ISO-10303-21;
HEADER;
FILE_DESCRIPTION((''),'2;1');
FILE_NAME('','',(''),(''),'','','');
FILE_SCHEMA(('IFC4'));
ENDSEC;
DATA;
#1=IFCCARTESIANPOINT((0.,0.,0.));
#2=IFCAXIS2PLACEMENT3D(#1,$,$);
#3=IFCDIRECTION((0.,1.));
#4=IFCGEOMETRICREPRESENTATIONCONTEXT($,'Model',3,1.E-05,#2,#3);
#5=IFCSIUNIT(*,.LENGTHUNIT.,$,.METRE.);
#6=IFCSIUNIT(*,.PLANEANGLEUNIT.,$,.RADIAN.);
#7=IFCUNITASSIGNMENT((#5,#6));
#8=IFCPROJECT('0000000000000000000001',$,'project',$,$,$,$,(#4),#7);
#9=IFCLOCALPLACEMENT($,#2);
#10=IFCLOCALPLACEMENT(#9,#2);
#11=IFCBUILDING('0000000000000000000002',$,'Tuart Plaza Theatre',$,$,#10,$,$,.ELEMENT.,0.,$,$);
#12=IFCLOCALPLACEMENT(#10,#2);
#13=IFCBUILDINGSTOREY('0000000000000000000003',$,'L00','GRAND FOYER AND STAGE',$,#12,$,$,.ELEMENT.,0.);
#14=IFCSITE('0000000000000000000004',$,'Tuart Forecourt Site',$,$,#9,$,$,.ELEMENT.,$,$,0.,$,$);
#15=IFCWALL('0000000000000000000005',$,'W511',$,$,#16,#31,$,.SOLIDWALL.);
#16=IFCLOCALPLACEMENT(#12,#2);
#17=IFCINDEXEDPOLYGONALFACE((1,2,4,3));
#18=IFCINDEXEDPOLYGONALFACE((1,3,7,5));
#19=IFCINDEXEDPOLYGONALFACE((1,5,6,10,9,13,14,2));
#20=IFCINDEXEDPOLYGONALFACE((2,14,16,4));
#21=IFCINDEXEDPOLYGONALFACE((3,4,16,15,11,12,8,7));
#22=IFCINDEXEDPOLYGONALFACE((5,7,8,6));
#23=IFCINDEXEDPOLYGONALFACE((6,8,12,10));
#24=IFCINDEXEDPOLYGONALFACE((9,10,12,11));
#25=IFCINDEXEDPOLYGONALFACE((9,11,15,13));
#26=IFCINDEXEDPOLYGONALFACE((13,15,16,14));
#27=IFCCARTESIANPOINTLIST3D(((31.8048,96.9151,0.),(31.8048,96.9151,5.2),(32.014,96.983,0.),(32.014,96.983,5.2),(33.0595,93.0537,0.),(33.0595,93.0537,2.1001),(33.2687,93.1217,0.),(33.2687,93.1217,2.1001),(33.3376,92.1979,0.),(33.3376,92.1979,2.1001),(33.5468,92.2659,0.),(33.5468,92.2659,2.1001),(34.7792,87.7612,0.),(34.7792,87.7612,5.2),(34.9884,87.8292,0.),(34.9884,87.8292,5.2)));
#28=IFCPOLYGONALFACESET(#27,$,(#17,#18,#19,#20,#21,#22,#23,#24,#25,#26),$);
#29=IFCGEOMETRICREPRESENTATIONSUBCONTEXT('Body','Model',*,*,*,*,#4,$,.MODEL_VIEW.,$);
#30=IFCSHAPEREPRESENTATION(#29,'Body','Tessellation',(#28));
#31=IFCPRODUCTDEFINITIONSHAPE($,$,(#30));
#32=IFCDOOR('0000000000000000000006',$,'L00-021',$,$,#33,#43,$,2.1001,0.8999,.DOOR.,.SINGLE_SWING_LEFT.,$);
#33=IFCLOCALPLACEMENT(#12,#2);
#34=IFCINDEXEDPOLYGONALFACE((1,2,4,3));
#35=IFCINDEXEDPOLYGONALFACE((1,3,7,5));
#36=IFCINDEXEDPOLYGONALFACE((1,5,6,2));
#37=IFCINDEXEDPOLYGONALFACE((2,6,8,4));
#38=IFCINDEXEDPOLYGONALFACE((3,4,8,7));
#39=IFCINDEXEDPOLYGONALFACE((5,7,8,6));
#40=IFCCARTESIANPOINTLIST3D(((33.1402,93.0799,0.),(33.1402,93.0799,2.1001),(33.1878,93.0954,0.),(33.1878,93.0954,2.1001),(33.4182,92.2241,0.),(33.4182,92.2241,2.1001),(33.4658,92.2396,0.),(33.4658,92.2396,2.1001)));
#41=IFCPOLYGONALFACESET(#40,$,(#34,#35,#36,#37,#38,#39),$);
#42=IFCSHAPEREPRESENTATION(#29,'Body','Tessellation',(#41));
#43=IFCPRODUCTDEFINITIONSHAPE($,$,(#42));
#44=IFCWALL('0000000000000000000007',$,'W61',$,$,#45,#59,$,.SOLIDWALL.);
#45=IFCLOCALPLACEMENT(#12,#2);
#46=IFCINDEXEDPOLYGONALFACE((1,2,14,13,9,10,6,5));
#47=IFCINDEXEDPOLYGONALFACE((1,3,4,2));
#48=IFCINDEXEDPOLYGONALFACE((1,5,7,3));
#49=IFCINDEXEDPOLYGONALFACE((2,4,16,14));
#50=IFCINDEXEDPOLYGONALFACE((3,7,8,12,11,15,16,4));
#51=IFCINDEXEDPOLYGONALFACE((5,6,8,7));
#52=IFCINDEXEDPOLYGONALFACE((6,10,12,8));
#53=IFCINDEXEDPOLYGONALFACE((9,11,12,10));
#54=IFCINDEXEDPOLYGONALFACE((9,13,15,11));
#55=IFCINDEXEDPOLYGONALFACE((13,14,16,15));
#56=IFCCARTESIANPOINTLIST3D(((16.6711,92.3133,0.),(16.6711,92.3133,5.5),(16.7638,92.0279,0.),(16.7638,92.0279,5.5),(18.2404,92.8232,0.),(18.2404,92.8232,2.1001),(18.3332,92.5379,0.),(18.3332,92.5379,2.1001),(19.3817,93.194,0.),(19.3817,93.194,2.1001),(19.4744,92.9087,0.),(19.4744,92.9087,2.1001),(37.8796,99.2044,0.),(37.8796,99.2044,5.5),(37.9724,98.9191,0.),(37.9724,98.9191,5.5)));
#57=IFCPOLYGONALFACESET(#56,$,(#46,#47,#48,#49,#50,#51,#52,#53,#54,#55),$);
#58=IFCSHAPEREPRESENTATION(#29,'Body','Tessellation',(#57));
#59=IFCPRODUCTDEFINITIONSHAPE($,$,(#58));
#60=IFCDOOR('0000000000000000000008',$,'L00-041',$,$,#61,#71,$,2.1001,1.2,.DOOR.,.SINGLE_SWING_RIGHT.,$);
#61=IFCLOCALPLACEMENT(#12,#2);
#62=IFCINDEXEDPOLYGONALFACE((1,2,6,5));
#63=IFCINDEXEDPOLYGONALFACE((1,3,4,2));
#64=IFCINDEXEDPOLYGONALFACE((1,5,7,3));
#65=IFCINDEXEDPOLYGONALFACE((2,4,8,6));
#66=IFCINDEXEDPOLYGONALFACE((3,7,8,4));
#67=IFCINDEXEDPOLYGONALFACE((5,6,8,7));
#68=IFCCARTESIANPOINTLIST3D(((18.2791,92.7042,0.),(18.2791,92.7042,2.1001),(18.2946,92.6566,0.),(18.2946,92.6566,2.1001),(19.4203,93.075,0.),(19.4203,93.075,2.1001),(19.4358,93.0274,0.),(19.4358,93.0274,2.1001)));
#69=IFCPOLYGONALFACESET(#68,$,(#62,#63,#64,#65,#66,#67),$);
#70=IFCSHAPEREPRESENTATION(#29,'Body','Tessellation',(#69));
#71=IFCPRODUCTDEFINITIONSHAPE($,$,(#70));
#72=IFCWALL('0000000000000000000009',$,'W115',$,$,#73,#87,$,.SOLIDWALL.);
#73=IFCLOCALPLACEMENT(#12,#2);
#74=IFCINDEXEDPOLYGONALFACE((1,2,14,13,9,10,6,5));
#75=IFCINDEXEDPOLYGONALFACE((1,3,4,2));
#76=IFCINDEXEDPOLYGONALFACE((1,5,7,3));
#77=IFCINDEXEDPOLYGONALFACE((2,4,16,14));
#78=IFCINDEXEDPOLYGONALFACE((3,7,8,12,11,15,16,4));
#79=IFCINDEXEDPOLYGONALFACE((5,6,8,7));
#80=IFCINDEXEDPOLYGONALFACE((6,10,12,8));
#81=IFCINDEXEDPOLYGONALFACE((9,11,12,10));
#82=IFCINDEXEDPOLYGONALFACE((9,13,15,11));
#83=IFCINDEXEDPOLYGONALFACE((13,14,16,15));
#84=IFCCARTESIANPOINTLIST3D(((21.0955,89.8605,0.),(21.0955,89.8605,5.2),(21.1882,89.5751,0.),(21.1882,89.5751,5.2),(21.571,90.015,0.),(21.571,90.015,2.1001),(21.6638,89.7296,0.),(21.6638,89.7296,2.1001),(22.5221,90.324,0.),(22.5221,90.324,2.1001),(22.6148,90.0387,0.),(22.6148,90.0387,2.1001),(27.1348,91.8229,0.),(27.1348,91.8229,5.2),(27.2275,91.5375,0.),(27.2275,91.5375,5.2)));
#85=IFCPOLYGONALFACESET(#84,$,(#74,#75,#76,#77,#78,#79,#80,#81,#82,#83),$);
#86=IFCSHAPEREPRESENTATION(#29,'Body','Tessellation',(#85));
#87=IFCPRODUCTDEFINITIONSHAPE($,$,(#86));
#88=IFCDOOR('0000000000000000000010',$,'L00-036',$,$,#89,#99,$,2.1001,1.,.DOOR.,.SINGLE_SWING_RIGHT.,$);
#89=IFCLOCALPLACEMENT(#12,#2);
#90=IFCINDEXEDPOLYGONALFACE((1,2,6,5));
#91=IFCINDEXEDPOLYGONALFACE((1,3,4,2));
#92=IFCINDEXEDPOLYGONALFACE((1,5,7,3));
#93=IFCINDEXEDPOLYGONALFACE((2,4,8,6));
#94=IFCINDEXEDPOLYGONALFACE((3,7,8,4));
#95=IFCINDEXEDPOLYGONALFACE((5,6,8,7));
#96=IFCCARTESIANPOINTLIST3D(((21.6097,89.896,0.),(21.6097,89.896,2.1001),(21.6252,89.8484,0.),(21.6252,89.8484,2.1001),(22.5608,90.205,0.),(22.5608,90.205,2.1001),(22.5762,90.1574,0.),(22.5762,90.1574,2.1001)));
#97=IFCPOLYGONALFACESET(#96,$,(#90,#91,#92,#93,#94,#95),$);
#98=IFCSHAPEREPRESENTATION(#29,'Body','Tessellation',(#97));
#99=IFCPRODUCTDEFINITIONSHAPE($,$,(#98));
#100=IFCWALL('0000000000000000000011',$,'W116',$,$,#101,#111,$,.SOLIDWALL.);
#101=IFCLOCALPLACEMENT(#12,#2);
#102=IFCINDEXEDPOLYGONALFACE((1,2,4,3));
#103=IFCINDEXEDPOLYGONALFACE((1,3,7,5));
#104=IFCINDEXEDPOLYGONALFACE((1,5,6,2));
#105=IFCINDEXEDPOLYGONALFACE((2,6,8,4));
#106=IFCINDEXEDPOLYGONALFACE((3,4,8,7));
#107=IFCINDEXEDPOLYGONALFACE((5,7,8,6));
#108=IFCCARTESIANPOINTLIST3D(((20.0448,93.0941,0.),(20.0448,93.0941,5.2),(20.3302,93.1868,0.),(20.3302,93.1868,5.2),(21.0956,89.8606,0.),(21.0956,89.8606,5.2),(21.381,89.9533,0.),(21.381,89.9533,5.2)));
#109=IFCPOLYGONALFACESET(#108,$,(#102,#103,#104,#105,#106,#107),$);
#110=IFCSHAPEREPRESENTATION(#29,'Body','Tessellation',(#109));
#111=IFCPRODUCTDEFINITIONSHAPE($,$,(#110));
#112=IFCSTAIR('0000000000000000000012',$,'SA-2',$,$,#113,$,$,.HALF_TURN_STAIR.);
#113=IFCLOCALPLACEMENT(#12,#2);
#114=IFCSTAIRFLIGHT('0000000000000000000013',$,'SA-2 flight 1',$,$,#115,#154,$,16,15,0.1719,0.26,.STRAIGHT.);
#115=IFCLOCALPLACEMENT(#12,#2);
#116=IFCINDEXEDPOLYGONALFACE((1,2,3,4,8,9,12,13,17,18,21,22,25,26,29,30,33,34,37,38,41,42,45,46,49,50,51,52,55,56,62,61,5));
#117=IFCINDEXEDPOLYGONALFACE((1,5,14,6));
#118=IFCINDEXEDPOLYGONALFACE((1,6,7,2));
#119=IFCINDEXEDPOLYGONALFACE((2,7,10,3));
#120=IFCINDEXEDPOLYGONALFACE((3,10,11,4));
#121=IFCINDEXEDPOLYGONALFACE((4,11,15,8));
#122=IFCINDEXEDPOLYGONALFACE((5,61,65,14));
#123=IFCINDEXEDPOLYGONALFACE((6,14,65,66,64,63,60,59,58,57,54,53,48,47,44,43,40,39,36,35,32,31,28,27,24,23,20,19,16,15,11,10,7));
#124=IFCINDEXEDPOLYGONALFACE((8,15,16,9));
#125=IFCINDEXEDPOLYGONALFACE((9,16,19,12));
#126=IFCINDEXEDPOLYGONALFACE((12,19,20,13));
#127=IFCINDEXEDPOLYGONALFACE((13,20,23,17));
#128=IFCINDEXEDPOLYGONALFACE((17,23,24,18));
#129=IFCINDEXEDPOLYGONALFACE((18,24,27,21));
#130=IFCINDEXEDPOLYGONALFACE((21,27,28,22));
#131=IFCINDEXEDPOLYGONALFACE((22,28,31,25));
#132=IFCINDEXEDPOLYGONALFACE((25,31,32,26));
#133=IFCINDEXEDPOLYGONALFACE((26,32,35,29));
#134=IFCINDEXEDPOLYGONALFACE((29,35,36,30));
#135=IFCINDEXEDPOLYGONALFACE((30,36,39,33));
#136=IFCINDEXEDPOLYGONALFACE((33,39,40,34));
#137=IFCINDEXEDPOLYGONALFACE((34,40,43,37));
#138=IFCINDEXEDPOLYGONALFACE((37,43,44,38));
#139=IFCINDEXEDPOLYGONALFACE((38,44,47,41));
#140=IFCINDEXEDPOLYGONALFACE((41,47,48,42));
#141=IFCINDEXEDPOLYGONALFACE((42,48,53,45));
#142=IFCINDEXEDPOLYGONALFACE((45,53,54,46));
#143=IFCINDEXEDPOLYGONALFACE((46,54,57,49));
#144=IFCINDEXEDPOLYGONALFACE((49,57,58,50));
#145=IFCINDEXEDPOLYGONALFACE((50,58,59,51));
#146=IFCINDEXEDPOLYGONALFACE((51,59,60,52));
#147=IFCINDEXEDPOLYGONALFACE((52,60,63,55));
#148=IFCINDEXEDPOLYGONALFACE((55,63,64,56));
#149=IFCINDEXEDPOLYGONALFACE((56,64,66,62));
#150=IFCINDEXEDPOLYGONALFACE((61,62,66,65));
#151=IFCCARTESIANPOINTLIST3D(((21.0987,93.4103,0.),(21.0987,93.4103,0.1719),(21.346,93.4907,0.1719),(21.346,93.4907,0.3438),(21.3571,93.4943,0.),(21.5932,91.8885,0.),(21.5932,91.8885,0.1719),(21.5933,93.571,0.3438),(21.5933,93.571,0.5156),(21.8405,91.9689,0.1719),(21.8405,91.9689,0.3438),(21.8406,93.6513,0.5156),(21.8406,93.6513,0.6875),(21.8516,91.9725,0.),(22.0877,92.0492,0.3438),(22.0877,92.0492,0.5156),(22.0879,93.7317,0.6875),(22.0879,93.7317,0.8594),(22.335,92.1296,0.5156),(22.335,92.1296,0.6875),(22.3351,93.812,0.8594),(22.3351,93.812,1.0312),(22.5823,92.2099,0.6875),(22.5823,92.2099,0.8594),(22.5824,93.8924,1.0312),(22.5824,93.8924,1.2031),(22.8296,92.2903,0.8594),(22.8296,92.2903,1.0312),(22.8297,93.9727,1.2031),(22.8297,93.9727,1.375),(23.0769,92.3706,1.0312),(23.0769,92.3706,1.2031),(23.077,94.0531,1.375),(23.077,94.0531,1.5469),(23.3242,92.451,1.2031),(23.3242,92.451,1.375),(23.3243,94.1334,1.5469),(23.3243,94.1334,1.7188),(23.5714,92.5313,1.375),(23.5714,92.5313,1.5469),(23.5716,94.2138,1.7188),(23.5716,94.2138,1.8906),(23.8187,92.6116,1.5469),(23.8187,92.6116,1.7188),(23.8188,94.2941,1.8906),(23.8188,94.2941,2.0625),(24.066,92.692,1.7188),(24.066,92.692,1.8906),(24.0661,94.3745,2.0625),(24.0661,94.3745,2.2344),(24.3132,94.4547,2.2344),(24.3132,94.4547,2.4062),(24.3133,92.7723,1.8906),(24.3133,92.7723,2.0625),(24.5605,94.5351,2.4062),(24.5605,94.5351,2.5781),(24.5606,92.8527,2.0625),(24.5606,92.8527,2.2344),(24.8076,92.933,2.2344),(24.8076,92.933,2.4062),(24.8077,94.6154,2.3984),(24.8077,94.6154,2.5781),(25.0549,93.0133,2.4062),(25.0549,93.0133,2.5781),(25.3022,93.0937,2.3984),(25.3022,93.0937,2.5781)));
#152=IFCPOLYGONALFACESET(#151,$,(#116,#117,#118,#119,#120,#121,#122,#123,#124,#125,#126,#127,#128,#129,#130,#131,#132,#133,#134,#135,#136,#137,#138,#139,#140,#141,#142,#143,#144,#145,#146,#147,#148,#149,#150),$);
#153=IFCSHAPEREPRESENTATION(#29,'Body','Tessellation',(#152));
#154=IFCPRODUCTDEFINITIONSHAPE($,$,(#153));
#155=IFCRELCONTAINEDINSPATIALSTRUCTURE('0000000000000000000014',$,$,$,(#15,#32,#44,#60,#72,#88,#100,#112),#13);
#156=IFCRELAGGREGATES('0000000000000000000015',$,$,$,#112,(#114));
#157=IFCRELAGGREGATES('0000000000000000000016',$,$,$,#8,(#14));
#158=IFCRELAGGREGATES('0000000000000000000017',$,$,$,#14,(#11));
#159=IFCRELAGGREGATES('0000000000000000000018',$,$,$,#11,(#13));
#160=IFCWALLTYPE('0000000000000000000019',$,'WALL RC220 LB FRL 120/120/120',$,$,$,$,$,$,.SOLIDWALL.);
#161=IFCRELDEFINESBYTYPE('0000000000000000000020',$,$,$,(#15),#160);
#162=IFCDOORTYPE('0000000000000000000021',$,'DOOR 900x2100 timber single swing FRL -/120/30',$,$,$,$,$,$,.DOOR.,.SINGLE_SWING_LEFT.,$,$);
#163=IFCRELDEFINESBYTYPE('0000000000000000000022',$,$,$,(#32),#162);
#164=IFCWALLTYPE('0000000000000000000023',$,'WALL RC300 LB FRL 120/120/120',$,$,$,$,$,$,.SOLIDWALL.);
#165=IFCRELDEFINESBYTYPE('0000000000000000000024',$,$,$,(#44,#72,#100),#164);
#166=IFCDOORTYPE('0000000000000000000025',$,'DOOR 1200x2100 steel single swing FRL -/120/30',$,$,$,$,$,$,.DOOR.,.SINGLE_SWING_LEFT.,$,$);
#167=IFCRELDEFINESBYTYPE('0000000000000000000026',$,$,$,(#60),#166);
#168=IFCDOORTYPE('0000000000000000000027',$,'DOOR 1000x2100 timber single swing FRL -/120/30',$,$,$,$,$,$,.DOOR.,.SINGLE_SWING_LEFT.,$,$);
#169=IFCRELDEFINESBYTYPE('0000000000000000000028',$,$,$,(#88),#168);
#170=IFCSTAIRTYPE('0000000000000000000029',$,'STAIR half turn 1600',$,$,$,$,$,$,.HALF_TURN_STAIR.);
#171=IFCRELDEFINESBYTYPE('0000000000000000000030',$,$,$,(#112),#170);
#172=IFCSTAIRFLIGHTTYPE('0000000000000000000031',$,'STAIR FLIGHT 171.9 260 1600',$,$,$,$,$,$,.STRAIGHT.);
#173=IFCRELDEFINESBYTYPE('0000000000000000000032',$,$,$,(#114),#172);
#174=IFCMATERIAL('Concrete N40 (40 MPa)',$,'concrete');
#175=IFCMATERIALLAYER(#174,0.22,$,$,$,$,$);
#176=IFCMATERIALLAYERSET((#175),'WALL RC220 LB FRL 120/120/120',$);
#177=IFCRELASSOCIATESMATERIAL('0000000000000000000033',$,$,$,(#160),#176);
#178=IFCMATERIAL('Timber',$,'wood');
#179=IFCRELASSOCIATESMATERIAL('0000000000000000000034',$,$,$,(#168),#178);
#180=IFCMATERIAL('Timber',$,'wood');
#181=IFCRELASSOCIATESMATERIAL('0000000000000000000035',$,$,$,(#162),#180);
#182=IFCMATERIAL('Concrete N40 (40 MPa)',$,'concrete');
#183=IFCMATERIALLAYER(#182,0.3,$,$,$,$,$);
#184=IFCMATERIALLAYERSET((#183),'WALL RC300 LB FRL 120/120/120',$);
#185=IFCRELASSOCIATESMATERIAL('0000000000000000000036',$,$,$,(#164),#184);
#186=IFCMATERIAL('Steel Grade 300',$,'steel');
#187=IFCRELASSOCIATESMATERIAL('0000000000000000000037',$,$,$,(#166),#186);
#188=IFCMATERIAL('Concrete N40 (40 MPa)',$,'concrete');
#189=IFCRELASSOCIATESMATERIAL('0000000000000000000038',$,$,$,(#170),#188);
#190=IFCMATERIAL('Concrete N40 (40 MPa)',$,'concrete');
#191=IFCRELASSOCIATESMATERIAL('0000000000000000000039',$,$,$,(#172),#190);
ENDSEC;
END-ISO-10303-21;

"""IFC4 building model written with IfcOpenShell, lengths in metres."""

from ifc_helpers import new_model, si_unit, direction, frame, frame_2d, origin, place, context, subcontext, project, spatial, polyline, rectangle, outline, extrude, material, layer, layer_set, type_object, element, fill, aggregate, save


model = new_model("IFC4")

# Units and contexts
model_context = context("Model", 3, precision=1e-05, world=origin(), true_north=direction((0.0, 1.0)))
body_context = subcontext(model_context, "Body", "Model", "MODEL_VIEW")
ifc_project = project(units=[si_unit("LENGTHUNIT", "METRE"), si_unit("PLANEANGLEUNIT", "RADIAN")], contexts=[model_context])

# Site, building, storey
site_placement = place(None, origin())
site = spatial("IfcSite", under=ifc_project, at=site_placement, Name="Tuart Forecourt Site", CompositionType="ELEMENT", RefElevation=0.0)
building_placement = place(site_placement, origin())
building = spatial("IfcBuilding", under=site, at=building_placement, Name="Tuart Plaza Theatre", CompositionType="ELEMENT", ElevationOfRefHeight=0.0)
storey_placement = place(building_placement, origin())
storey = spatial("IfcBuildingStorey", under=building, at=storey_placement, Name="L00", Description="GRAND FOYER AND STAGE", CompositionType="ELEMENT", Elevation=0.0)

# Shared definitions
ifc_material_1 = material(Name="Concrete N40 (40 MPa)", Category="concrete")
ifc_layer_1 = layer(ifc_material_1, 0.22)
ifc_layer_set_1 = layer_set([ifc_layer_1], Name="WALL RC220 LB FRL 120/120/120")
wall_type_1 = type_object("IfcWallType", Name="WALL RC220 LB FRL 120/120/120", PredefinedType="SOLIDWALL", material=ifc_layer_set_1)
ifc_material_2 = material(Name="Timber", Category="wood")
door_type_1 = type_object("IfcDoorType", Name="DOOR 1000x2100 timber single swing FRL -/120/30", OperationType="SINGLE_SWING_LEFT", PredefinedType="DOOR", material=ifc_material_2)

# Shared definitions
ifc_material_3 = material(Name="Timber", Category="wood")
door_type_2 = type_object("IfcDoorType", Name="DOOR 900x2100 timber single swing FRL -/120/30", OperationType="SINGLE_SWING_LEFT", PredefinedType="DOOR", material=ifc_material_3)

# Walls, openings, doors
wall_1_placement = place(storey_placement, frame((34.8838, 87.7952, 0.0), z_axis=(0.0, 0.0, 1.0), x_axis=(-0.309028, 0.951053, 0.0)))
wall_1 = element("IfcWall", 1, at=wall_1_placement, inside=storey, type_object=wall_type_1, Name="W511", PredefinedType="SOLIDWALL", context=body_context, shape_type="SweptSolid", body=[
    extrude(rectangle(XDim=9.625, YDim=0.22, at=frame_2d((4.8125, 0.0))), origin(), (0.0, 0.0, 1.0), 5.2),
])
opening_1_placement = place(wall_1_placement, frame((4.665, 0.0, 0.0)))
opening_1 = element("IfcOpeningElement", 2, at=opening_1_placement, cuts=wall_1, PredefinedType="OPENING", context=body_context, shape_type="SweptSolid", body=[
    extrude(rectangle(XDim=0.8999, YDim=2.1001, at=frame_2d((0.45, 1.05))), frame((0.0, 0.1199, 0.0), z_axis=(0.0, -1.0, 0.0), x_axis=(1.0, 0.0, 0.0)), (0.0, 0.0, 1.0), 0.24),
])
door_1_placement = place(opening_1_placement, frame((0.8999, 0.0, 0.0), z_axis=(0.0, 0.0, 1.0), x_axis=(-1.0, 0.0, 0.0)))
door_1 = element("IfcDoor", 3, at=door_1_placement, inside=storey, type_object=door_type_2, Name="L00-021", OperationType="SINGLE_SWING_LEFT", OverallHeight=2.1001, OverallWidth=0.8999, PredefinedType="DOOR", context=body_context, shape_type="SweptSolid", body=[
    extrude(rectangle(XDim=0.8999, YDim=2.1001, at=frame_2d((0.45, 1.05))), frame((0.0, 0.0249, 0.0), z_axis=(0.0, -1.0, 0.0), x_axis=(1.0, 0.0, 0.0)), (0.0, 0.0, 1.0), 0.05),
])
fill(opening_1, door_1)
ifc_material_4 = material(Name="Concrete N40 (40 MPa)", Category="concrete")
ifc_layer_2 = layer(ifc_material_4, 0.3)
ifc_layer_set_2 = layer_set([ifc_layer_2], Name="WALL RC300 LB FRL 120/120/120")
wall_type_2 = type_object("IfcWallType", Name="WALL RC300 LB FRL 120/120/120", PredefinedType="SOLIDWALL", material=ifc_layer_set_2)
wall_2_placement = place(storey_placement, frame((16.7175, 92.1707, 0.0), z_axis=(0.0, 0.0, 1.0), x_axis=(0.951056, 0.309019, 0.0)))
wall_2 = element("IfcWall", 4, at=wall_2_placement, inside=storey, type_object=wall_type_2, Name="W61", PredefinedType="SOLIDWALL", context=body_context, shape_type="SweptSolid", body=[
    extrude(rectangle(XDim=22.3, YDim=0.3, at=frame_2d((11.1499, 0.0))), origin(), (0.0, 0.0, 1.0), 5.5),
])
opening_2_placement = place(wall_2_placement, frame((1.6499, 0.0, 0.0)))
opening_2 = element("IfcOpeningElement", 5, at=opening_2_placement, cuts=wall_2, PredefinedType="OPENING", context=body_context, shape_type="SweptSolid", body=[
    extrude(rectangle(XDim=1.2, YDim=2.1001, at=frame_2d((0.6001, 1.05))), frame((0.0, 0.1599, 0.0), z_axis=(0.0, -1.0, 0.0), x_axis=(1.0, 0.0, 0.0)), (0.0, 0.0, 1.0), 0.3201),
])
ifc_material_5 = material(Name="Steel Grade 300", Category="steel")
door_type_3 = type_object("IfcDoorType", Name="DOOR 1200x2100 steel single swing FRL -/120/30", OperationType="SINGLE_SWING_LEFT", PredefinedType="DOOR", material=ifc_material_5)
door_2_placement = place(opening_2_placement, origin())
door_2 = element("IfcDoor", 6, at=door_2_placement, inside=storey, type_object=door_type_3, Name="L00-041", OperationType="SINGLE_SWING_RIGHT", OverallHeight=2.1001, OverallWidth=1.2, PredefinedType="DOOR", context=body_context, shape_type="SweptSolid", body=[
    extrude(rectangle(XDim=1.2, YDim=2.1001, at=frame_2d((0.6001, 1.05))), frame((0.0, 0.0249, 0.0), z_axis=(0.0, -1.0, 0.0), x_axis=(1.0, 0.0, 0.0)), (0.0, 0.0, 1.0), 0.05),
])
fill(opening_2, door_2)
wall_3_placement = place(storey_placement, frame((27.1812, 91.6802, 0.0), z_axis=(0.0, 0.0, 1.0), x_axis=(-0.951051, -0.309033, 0.0)))
wall_3 = element("IfcWall", 7, at=wall_3_placement, inside=storey, type_object=wall_type_2, Name="W115", PredefinedType="SOLIDWALL", context=body_context, shape_type="SweptSolid", body=[
    extrude(rectangle(XDim=6.3501, YDim=0.3, at=frame_2d((3.175, 0.0))), origin(), (0.0, 0.0, 1.0), 5.2),
])
opening_3_placement = place(wall_3_placement, frame((4.8501, 0.0, 0.0)))
opening_3 = element("IfcOpeningElement", 8, at=opening_3_placement, cuts=wall_3, PredefinedType="OPENING", context=body_context, shape_type="SweptSolid", body=[
    extrude(rectangle(XDim=1.0, YDim=2.1001, at=frame_2d((0.5, 1.05))), frame((0.0, 0.1599, 0.0), z_axis=(0.0, -1.0, 0.0), x_axis=(1.0, 0.0, 0.0)), (0.0, 0.0, 1.0), 0.3201),
])
door_3_placement = place(opening_3_placement, frame((1.0, 0.0, 0.0), z_axis=(0.0, 0.0, 1.0), x_axis=(-1.0, 0.0, 0.0)))
door_3 = element("IfcDoor", 9, at=door_3_placement, inside=storey, type_object=door_type_1, Name="L00-036", OperationType="SINGLE_SWING_RIGHT", OverallHeight=2.1001, OverallWidth=1.0, PredefinedType="DOOR", context=body_context, shape_type="SweptSolid", body=[
    extrude(rectangle(XDim=1.0, YDim=2.1001, at=frame_2d((0.5, 1.05))), frame((0.0, 0.0249, 0.0), z_axis=(0.0, -1.0, 0.0), x_axis=(1.0, 0.0, 0.0)), (0.0, 0.0, 1.0), 0.05),
])
fill(opening_3, door_3)

# Wall
wall_4_placement = place(storey_placement, frame((21.2383, 89.907, 0.0), z_axis=(0.0, 0.0, 1.0), x_axis=(-0.309067, 0.95104, 0.0)))
element("IfcWall", 10, at=wall_4_placement, inside=storey, type_object=wall_type_2, Name="W116", PredefinedType="SOLIDWALL", context=body_context, shape_type="SweptSolid", body=[
    extrude(rectangle(XDim=3.3999, YDim=0.3, at=frame_2d((1.7, 0.0))), origin(), (0.0, 0.0, 1.0), 5.2),
])

# Stair, stair flight
ifc_material_6 = material(Name="Concrete N40 (40 MPa)", Category="concrete")
stair_type = type_object("IfcStairType", Name="STAIR half turn 1600", PredefinedType="HALF_TURN_STAIR", material=ifc_material_6)
stair_placement = place(storey_placement, origin())
stair = element("IfcStair", 11, at=stair_placement, inside=storey, type_object=stair_type, Name="SA-2", PredefinedType="HALF_TURN_STAIR")
ifc_material_7 = material(Name="Concrete N40 (40 MPa)", Category="concrete")
stair_flight_type = type_object("IfcStairFlightType", Name="STAIR FLIGHT 171.9 260 1600", PredefinedType="STRAIGHT", material=ifc_material_7)
stair_flight_1_placement = place(storey_placement, frame((21.3459, 92.6494, 0.0), z_axis=(0.0, 0.0, 1.0), x_axis=(0.951057, 0.309017, 0.0)))
stair_flight_1 = element("IfcStairFlight", 12, at=stair_flight_1_placement, type_object=stair_flight_type, Name="SA-2 flight 1", NumberOfRisers=16, NumberOfTreads=15, PredefinedType="STRAIGHT", RiserHeight=0.1719, TreadLength=0.26, context=body_context, shape_type="SweptSolid", body=[
    extrude(outline(polyline([(0.0, 0.0), (0.0, 0.1719), (0.26, 0.1719), (0.26, 0.3438), (0.52, 0.3438), (0.52, 0.5156), (0.78, 0.5156), (0.78, 0.6875), (1.04, 0.6875), (1.04, 0.8594), (1.3, 0.8594), (1.3, 1.0312), (1.5601, 1.0312), (1.5601, 1.2031), (1.8201, 1.2031), (1.8201, 1.375), (2.0801, 1.375), (2.0801, 1.5469), (2.3401, 1.5469), (2.3401, 1.7188), (2.6001, 1.7188), (2.6001, 1.8906), (2.8601, 1.8906), (2.8601, 2.0625), (3.1201, 2.0625), (3.1201, 2.2344), (3.3799, 2.2344), (3.3799, 2.4062), (3.6399, 2.4062), (3.6399, 2.5781), (3.8999, 2.5781), (3.8999, 2.75), (3.8999, 2.3984), (0.2717, 0.0), (0.0, 0.0)])), frame((0.0, 0.8, 0.0), z_axis=(0.0, -1.0, 0.0), x_axis=(1.0, 0.0, 0.0)), (0.0, 0.0, 1.0), 1.6001),
])
aggregate(stair, [stair_flight_1])

save(model, "model.ifc")
